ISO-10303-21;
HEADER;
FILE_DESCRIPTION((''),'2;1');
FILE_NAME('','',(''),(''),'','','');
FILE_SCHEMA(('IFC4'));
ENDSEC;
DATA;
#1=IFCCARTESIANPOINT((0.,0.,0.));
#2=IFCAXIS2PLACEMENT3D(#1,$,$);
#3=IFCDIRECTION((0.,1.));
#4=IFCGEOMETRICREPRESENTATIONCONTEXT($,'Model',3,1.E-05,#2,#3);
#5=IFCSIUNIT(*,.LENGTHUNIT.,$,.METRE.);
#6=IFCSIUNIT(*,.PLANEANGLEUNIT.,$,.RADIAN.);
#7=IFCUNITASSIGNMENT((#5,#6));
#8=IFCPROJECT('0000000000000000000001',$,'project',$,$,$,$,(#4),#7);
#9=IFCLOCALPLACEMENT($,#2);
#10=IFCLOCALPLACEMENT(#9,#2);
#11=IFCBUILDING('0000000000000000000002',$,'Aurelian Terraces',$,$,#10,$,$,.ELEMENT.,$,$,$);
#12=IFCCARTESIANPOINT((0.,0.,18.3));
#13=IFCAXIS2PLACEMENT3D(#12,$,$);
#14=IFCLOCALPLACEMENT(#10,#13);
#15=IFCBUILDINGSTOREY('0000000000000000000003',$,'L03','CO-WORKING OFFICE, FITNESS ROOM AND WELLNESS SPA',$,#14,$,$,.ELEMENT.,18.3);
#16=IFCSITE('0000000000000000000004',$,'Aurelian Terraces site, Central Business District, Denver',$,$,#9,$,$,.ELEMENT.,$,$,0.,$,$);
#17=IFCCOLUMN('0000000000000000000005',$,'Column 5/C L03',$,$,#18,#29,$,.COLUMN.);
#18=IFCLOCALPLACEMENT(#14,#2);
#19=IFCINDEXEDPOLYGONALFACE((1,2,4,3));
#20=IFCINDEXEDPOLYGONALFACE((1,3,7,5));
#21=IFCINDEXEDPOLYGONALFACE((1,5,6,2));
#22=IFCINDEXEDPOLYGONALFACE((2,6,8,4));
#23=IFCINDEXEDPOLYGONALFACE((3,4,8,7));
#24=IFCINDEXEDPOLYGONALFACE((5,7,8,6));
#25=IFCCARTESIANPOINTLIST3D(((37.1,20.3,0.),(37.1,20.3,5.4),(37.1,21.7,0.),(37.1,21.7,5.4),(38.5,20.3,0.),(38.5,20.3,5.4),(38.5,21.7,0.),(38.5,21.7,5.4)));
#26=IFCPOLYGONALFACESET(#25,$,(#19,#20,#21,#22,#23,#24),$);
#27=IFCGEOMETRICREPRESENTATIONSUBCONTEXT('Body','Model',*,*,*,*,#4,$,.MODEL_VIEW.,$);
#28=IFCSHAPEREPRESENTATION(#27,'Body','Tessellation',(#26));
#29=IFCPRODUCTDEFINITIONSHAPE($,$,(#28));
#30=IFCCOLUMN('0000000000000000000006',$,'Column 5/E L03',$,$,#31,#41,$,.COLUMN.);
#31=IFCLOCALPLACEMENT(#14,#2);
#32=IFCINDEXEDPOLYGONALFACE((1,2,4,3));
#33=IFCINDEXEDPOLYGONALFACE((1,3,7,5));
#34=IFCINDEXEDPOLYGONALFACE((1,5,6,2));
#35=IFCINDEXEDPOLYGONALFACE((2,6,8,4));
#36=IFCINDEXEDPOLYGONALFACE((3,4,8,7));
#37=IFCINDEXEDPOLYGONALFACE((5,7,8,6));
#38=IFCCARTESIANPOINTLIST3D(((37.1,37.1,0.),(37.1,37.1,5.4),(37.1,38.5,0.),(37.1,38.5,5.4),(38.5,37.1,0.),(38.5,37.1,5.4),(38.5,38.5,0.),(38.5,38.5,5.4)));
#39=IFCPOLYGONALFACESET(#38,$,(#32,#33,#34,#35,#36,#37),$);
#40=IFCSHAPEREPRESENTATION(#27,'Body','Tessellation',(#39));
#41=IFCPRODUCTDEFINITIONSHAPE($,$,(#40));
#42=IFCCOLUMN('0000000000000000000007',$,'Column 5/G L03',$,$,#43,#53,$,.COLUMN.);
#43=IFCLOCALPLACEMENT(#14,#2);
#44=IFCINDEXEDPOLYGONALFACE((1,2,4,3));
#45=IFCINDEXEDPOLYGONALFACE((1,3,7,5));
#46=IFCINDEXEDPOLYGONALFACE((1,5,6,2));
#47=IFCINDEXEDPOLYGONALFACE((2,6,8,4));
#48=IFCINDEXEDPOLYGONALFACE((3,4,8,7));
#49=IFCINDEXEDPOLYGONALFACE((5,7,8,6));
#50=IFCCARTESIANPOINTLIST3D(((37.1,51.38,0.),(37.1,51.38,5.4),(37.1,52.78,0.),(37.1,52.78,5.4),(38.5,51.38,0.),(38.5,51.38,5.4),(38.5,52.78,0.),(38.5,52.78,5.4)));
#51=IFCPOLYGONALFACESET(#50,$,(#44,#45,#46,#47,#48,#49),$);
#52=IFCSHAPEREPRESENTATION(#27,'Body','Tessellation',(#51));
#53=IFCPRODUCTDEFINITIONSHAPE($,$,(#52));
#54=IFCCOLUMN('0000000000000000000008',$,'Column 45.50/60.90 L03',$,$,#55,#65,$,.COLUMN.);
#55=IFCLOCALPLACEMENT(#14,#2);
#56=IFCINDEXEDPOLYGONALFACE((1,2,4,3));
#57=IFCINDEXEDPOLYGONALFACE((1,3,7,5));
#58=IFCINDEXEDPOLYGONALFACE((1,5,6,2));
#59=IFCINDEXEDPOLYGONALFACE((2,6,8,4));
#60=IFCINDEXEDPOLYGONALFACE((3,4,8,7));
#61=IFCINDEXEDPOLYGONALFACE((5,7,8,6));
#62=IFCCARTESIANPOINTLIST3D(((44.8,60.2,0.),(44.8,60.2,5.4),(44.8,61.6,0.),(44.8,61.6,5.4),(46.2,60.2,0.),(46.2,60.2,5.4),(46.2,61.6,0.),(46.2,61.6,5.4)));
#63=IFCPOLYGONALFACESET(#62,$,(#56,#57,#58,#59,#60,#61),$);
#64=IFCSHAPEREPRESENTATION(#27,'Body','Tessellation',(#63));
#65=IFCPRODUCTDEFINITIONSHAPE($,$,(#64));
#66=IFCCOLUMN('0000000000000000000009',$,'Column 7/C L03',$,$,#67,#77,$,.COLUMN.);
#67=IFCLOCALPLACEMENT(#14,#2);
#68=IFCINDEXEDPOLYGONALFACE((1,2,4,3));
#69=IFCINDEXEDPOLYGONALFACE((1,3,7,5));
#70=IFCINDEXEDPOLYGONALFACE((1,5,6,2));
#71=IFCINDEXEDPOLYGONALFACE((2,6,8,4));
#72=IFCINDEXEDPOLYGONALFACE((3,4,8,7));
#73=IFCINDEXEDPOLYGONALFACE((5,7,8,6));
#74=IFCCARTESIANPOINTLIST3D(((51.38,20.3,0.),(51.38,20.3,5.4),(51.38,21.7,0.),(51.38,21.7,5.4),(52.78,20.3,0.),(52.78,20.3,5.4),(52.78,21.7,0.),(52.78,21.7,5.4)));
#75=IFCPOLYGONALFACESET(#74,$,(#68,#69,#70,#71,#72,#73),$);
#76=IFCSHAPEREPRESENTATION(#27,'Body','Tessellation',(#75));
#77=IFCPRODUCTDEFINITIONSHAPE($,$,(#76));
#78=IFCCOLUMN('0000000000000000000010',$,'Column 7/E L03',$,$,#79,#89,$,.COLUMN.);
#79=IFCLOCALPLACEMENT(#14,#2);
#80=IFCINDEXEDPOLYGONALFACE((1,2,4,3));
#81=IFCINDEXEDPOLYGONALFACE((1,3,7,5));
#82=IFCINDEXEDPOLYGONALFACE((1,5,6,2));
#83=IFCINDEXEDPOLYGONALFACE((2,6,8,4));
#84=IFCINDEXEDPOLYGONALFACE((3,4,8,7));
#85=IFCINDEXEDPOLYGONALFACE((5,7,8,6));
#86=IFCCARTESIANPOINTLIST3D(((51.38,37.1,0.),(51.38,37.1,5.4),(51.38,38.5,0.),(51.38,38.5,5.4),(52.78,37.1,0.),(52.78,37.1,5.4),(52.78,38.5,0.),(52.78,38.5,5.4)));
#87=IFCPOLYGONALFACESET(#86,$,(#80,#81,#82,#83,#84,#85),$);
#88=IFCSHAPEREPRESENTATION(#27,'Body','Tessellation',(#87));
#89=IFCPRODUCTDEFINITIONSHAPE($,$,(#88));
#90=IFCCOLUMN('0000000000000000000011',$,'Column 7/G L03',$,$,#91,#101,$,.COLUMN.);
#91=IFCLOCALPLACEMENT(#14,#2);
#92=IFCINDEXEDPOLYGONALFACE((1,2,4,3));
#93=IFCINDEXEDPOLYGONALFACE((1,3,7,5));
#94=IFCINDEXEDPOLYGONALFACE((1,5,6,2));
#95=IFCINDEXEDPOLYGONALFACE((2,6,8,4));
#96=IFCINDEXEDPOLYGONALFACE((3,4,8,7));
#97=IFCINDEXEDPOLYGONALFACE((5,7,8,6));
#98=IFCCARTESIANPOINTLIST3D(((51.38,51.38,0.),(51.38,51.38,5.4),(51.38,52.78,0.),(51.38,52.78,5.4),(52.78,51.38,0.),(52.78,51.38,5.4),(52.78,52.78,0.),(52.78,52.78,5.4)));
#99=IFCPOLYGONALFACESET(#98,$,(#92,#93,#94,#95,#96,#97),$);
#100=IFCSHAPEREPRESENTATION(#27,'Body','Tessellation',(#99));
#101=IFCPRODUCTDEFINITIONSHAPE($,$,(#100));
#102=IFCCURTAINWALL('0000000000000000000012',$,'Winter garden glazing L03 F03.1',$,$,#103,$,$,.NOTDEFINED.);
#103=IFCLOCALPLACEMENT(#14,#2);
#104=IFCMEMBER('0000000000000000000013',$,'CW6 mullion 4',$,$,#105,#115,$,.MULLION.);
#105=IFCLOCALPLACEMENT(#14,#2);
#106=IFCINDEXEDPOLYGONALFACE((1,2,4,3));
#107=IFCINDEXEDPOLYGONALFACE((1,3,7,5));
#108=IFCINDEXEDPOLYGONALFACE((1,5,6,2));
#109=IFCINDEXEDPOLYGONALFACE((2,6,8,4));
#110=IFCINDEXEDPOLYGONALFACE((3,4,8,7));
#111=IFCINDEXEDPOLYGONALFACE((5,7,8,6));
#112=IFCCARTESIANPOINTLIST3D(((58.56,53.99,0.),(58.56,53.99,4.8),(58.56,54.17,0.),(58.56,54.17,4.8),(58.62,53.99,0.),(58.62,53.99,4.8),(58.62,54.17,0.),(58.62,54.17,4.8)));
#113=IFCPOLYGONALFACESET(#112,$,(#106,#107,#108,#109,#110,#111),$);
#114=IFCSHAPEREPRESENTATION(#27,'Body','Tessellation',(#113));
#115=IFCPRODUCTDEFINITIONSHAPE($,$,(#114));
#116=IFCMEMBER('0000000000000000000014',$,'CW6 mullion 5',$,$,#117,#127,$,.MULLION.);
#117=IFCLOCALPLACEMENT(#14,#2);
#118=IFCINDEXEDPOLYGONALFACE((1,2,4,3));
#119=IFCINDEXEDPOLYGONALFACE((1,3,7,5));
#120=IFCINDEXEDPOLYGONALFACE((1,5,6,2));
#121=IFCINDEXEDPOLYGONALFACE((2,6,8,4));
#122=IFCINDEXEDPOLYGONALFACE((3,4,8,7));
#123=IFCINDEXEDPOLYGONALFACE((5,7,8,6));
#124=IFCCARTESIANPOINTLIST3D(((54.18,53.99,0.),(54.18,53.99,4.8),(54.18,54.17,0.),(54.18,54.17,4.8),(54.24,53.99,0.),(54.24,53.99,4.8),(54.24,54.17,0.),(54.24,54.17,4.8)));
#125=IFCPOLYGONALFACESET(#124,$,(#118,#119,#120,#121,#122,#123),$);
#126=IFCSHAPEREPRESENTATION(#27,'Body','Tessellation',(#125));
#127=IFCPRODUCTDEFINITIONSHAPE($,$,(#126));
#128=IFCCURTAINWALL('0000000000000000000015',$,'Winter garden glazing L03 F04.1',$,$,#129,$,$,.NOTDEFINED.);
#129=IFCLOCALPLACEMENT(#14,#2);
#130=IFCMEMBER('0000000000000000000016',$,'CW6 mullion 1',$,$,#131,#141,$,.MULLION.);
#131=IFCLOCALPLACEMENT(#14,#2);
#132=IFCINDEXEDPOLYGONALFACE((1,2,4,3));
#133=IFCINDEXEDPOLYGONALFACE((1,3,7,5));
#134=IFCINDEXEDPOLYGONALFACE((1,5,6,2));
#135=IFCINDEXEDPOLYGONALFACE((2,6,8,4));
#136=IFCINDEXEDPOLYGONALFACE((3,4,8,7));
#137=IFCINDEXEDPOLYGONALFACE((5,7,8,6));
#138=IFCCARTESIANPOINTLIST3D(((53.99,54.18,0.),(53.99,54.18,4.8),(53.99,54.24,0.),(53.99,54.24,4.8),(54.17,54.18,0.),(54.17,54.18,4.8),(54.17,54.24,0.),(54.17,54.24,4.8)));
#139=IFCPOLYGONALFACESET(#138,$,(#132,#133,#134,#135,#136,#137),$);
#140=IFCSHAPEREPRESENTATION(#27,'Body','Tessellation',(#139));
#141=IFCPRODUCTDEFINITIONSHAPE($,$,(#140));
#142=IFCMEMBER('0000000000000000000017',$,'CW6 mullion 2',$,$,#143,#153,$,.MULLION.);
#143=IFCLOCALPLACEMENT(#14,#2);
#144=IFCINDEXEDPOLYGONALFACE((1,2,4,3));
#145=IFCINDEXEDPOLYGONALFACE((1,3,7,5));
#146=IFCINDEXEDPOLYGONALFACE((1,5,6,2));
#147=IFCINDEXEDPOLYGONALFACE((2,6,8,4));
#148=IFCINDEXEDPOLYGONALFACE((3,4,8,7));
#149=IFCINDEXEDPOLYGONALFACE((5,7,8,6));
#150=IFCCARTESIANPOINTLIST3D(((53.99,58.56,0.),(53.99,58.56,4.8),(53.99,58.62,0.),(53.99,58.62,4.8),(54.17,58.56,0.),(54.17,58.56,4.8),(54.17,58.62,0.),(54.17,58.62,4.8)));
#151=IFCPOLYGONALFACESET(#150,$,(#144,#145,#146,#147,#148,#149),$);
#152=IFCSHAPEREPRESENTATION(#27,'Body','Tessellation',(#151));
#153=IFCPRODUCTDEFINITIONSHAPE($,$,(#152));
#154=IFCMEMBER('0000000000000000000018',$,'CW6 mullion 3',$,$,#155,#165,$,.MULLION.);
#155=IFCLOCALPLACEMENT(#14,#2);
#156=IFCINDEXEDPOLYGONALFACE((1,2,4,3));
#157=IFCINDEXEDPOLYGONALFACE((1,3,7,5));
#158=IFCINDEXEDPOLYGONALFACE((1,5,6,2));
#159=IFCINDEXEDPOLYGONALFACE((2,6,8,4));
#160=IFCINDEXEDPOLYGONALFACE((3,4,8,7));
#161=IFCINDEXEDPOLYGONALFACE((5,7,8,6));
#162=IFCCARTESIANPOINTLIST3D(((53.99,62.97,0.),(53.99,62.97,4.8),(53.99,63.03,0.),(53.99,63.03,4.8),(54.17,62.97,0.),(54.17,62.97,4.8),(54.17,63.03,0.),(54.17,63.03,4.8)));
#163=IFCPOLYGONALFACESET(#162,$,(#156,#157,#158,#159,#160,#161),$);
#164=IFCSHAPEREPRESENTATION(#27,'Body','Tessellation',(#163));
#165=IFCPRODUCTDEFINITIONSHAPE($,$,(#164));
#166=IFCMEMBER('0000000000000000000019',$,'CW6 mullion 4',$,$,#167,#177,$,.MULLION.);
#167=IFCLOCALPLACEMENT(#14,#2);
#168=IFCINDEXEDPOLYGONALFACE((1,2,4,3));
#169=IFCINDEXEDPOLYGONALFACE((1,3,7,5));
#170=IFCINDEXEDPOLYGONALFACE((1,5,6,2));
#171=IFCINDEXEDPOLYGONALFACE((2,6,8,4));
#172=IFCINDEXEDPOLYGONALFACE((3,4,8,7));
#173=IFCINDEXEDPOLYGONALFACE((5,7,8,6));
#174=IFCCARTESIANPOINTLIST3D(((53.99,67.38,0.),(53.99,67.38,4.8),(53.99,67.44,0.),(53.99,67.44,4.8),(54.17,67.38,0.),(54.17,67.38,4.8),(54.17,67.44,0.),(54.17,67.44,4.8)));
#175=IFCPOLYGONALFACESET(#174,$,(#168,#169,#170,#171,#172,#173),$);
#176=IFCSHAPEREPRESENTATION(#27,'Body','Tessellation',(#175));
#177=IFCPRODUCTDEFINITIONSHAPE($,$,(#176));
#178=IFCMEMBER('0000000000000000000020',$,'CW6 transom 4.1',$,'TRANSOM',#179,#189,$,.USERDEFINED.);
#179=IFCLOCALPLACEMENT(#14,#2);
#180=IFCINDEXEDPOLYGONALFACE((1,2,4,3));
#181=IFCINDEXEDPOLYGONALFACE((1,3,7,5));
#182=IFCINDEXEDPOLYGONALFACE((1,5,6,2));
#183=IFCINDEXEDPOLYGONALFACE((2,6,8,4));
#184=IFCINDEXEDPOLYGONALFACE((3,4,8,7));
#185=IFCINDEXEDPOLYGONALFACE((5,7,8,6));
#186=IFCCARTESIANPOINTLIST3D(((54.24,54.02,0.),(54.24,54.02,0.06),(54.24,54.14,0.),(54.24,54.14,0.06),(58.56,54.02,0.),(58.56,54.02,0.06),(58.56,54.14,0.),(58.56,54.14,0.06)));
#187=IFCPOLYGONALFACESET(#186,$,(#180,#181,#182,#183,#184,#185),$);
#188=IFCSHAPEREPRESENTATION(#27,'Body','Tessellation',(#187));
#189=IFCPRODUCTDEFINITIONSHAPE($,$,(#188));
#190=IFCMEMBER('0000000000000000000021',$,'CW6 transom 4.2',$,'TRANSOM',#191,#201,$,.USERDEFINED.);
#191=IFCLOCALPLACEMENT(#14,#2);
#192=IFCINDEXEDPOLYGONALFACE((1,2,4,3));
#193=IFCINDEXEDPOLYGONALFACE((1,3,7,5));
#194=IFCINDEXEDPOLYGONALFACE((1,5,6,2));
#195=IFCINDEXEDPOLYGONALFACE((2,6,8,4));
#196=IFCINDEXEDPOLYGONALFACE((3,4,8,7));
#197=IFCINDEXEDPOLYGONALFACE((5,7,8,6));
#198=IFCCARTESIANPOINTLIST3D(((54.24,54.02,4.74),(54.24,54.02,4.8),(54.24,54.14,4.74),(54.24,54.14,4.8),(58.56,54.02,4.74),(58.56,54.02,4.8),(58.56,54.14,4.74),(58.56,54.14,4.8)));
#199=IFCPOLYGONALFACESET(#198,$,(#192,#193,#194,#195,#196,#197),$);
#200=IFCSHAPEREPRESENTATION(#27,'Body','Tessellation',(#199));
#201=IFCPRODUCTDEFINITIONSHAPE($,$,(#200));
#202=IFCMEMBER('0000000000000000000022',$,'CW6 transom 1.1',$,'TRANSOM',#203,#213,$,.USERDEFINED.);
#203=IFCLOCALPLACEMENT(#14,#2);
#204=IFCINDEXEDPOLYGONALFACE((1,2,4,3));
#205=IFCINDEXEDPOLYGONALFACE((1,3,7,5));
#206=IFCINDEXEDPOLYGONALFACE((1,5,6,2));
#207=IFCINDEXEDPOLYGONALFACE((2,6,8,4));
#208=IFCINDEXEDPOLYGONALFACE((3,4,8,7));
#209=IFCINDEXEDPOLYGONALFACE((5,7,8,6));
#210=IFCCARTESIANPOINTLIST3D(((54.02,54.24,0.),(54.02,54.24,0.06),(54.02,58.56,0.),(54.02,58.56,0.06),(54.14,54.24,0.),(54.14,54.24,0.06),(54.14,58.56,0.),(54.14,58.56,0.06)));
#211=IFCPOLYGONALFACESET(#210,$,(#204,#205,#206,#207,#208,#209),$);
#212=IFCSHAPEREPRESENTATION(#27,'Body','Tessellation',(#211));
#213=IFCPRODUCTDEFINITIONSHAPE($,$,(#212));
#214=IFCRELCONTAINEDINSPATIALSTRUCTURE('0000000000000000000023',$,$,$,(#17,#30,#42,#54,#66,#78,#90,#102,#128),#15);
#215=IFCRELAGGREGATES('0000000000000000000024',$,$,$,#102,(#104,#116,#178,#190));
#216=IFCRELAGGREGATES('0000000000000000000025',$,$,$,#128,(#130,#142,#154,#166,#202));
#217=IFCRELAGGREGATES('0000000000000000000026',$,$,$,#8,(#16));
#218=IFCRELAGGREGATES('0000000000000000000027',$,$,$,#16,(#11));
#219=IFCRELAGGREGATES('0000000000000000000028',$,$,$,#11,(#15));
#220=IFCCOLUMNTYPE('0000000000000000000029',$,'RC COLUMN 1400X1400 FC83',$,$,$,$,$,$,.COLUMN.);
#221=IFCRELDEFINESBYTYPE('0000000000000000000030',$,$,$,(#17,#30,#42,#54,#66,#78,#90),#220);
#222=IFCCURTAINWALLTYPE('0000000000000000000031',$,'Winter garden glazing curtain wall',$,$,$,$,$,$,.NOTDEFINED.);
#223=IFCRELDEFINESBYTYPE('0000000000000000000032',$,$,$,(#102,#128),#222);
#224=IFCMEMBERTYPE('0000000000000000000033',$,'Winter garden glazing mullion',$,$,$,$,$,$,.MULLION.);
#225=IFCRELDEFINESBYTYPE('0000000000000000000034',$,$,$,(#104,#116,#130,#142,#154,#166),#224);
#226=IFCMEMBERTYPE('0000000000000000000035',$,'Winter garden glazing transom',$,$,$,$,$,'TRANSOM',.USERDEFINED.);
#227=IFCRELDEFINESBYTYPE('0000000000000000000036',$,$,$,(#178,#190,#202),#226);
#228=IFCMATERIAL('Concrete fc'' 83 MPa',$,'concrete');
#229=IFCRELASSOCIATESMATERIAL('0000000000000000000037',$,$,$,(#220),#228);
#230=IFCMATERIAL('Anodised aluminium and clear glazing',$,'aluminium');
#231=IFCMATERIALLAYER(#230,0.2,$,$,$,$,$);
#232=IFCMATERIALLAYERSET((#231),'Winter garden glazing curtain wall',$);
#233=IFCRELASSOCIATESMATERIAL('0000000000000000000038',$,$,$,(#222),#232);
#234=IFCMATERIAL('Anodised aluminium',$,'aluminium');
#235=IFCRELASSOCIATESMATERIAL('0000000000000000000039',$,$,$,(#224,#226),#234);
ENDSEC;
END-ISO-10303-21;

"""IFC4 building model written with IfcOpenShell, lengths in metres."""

from ifc_helpers import new_model, si_unit, direction, frame, origin, origin_2d, place, context, subcontext, project, spatial, rectangle, extrude, source, transform, mapped, material, layer, layer_set, material_profile, profile_set, type_object, element, aggregate, save


model = new_model("IFC4")

# Units and contexts
model_context = context("Model", 3, precision=1e-05, world=origin(), true_north=direction((0.0, 1.0)))
body_context = subcontext(model_context, "Body", "Model", "MODEL_VIEW")
ifc_project = project(units=[si_unit("LENGTHUNIT", "METRE"), si_unit("PLANEANGLEUNIT", "RADIAN")], contexts=[model_context])

# Site, building, storey
site_placement = place(None, origin())
site = spatial("IfcSite", under=ifc_project, at=site_placement, Name="Aurelian Terraces site, Central Business District, Denver", CompositionType="ELEMENT", RefElevation=0.0)
building_placement = place(site_placement, origin())
building = spatial("IfcBuilding", under=site, at=building_placement, Name="Aurelian Terraces", CompositionType="ELEMENT")
storey_placement = place(building_placement, frame((0.0, 0.0, 18.3)))
storey = spatial("IfcBuildingStorey", under=building, at=storey_placement, Name="L03", Description="CO-WORKING OFFICE, FITNESS ROOM AND WELLNESS SPA", CompositionType="ELEMENT", Elevation=18.3)

# Columns
ifc_material_1 = material(Name="Concrete fc' 83 MPa", Category="concrete")
ifc_material_profile_1 = material_profile(ifc_material_1, rectangle(XDim=1.4, YDim=1.4, at=origin_2d()))
ifc_profile_set_1 = profile_set([ifc_material_profile_1], Name="Concrete fc' 83 MPa")
column_type = type_object("IfcColumnType", Name="RC COLUMN 1400X1400 FC83", PredefinedType="COLUMN", material=ifc_profile_set_1)
shared_shape_1 = source(origin(), body_context, "Body", "SweptSolid", [
    extrude(rectangle(XDim=1.4, YDim=1.4, at=origin_2d()), origin(), (0.0, 0.0, 1.0), 5.4),
])
for number, where, z_axis, x_axis, name in (
    (1, (37.8, 21.0, 0.0), (0.0, 0.0, 1.0), (1.0, 0.0, 0.0), "Column 5/C L03"),
    (2, (37.8, 37.8, 0.0), (0.0, 0.0, 1.0), (1.0, 0.0, 0.0), "Column 5/E L03"),
    (3, (37.8, 52.08, 0.0), (0.0, 0.0, 1.0), (1.0, 0.0, 0.0), "Column 5/G L03"),
    (4, (45.5, 60.9, 0.0), (0.0, 0.0, 1.0), (1.0, 0.0, 0.0), "Column 45.50/60.90 L03"),
    (5, (52.08, 21.0, 0.0), (0.0, 0.0, 1.0), (1.0, 0.0, 0.0), "Column 7/C L03"),
    (6, (52.08, 37.8, 0.0), (0.0, 0.0, 1.0), (1.0, 0.0, 0.0), "Column 7/E L03"),
    (7, (52.08, 52.08, 0.0), (0.0, 0.0, 1.0), (1.0, 0.0, 0.0), "Column 7/G L03"),
):
    element("IfcColumn", number, at=place(storey_placement, frame(where, z_axis=z_axis, x_axis=x_axis)), inside=storey, type_object=column_type, Name=name, PredefinedType="COLUMN", context=body_context, shape_type="MappedRepresentation", body=[
        mapped(shared_shape_1, transform((0.0, 0.0, 0.0), scale=1.0)),
    ])

# Curtain walls, members
ifc_material_2 = material(Name="Anodised aluminium and clear glazing", Category="aluminium")
ifc_layer_1 = layer(ifc_material_2, 0.2)
ifc_layer_set_1 = layer_set([ifc_layer_1], Name="Winter garden glazing curtain wall")
curtain_wall_type = type_object("IfcCurtainWallType", Name="Winter garden glazing curtain wall", PredefinedType="NOTDEFINED", material=ifc_layer_set_1)
curtain_wall_1_placement = place(storey_placement, origin())
curtain_wall_1 = element("IfcCurtainWall", 8, at=curtain_wall_1_placement, inside=storey, type_object=curtain_wall_type, Name="Winter garden glazing L03 F03.1", PredefinedType="NOTDEFINED")
ifc_material_3 = material(Name="Anodised aluminium", Category="aluminium")
ifc_material_profile_2 = material_profile(ifc_material_3, rectangle(XDim=0.18, YDim=0.06, at=origin_2d()))
ifc_profile_set_2 = profile_set([ifc_material_profile_2], Name="Anodised aluminium")
member_type_1 = type_object("IfcMemberType", Name="Winter garden glazing mullion", PredefinedType="MULLION", material=ifc_profile_set_2)
shared_shape_2 = source(origin(), body_context, "Body", "SweptSolid", [
    extrude(rectangle(XDim=0.18, YDim=0.06, at=origin_2d()), origin(), (0.0, 0.0, 1.0), 4.8),
])
member_1_placement = place(storey_placement, frame((58.59, 54.08, 0.0), z_axis=(0.0, 0.0, 1.0), x_axis=(0.0, -1.0, 0.0)))
member_1 = element("IfcMember", 9, at=member_1_placement, type_object=member_type_1, Name="CW6 mullion 4", PredefinedType="MULLION", context=body_context, shape_type="MappedRepresentation", body=[
    mapped(shared_shape_2, transform((0.0, 0.0, 0.0), scale=1.0)),
])
member_2_placement = place(storey_placement, frame((54.21, 54.08, 0.0), z_axis=(0.0, 0.0, 1.0), x_axis=(0.0, -1.0, 0.0)))
member_2 = element("IfcMember", 10, at=member_2_placement, type_object=member_type_1, Name="CW6 mullion 5", PredefinedType="MULLION", context=body_context, shape_type="MappedRepresentation", body=[
    mapped(shared_shape_2, transform((0.0, 0.0, 0.0), scale=1.0)),
])
curtain_wall_2_placement = place(storey_placement, origin())
curtain_wall_2 = element("IfcCurtainWall", 11, at=curtain_wall_2_placement, inside=storey, type_object=curtain_wall_type, Name="Winter garden glazing L03 F04.1", PredefinedType="NOTDEFINED")
member_3_placement = place(storey_placement, frame((54.08, 54.21, 0.0), z_axis=(0.0, 0.0, 1.0), x_axis=(-1.0, 0.0, 0.0)))
member_3 = element("IfcMember", 12, at=member_3_placement, type_object=member_type_1, Name="CW6 mullion 1", PredefinedType="MULLION", context=body_context, shape_type="MappedRepresentation", body=[
    mapped(shared_shape_2, transform((0.0, 0.0, 0.0), scale=1.0)),
])
member_4_placement = place(storey_placement, frame((54.08, 58.59, 0.0), z_axis=(0.0, 0.0, 1.0), x_axis=(-1.0, 0.0, 0.0)))
member_4 = element("IfcMember", 13, at=member_4_placement, type_object=member_type_1, Name="CW6 mullion 2", PredefinedType="MULLION", context=body_context, shape_type="MappedRepresentation", body=[
    mapped(shared_shape_2, transform((0.0, 0.0, 0.0), scale=1.0)),
])
member_5_placement = place(storey_placement, frame((54.08, 63.0, 0.0), z_axis=(0.0, 0.0, 1.0), x_axis=(-1.0, 0.0, 0.0)))
member_5 = element("IfcMember", 14, at=member_5_placement, type_object=member_type_1, Name="CW6 mullion 3", PredefinedType="MULLION", context=body_context, shape_type="MappedRepresentation", body=[
    mapped(shared_shape_2, transform((0.0, 0.0, 0.0), scale=1.0)),
])
member_6_placement = place(storey_placement, frame((54.08, 67.41, 0.0), z_axis=(0.0, 0.0, 1.0), x_axis=(-1.0, 0.0, 0.0)))
member_6 = element("IfcMember", 15, at=member_6_placement, type_object=member_type_1, Name="CW6 mullion 4", PredefinedType="MULLION", context=body_context, shape_type="MappedRepresentation", body=[
    mapped(shared_shape_2, transform((0.0, 0.0, 0.0), scale=1.0)),
])

# Members
ifc_material_profile_3 = material_profile(ifc_material_3, rectangle(XDim=0.12, YDim=0.06, at=origin_2d()))
ifc_profile_set_3 = profile_set([ifc_material_profile_3], Name="Anodised aluminium")
member_type_2 = type_object("IfcMemberType", Name="Winter garden glazing transom", ElementType="TRANSOM", PredefinedType="USERDEFINED", material=ifc_profile_set_3)
shared_shape_3 = source(origin(), body_context, "Body", "SweptSolid", [
    extrude(rectangle(XDim=0.12, YDim=0.06, at=origin_2d()), origin(), (0.0, 0.0, 1.0), 4.32),
])
member_7_placement = place(storey_placement, frame((58.56, 54.08, 0.03), z_axis=(-1.0, 0.0, 0.0), x_axis=(0.0, -1.0, 0.0)))
member_7 = element("IfcMember", 16, at=member_7_placement, type_object=member_type_2, Name="CW6 transom 4.1", ObjectType="TRANSOM", PredefinedType="USERDEFINED", context=body_context, shape_type="MappedRepresentation", body=[
    mapped(shared_shape_3, transform((0.0, 0.0, 0.0), scale=1.0)),
])
member_8_placement = place(storey_placement, frame((58.56, 54.08, 4.77), z_axis=(-1.0, 0.0, 0.0), x_axis=(0.0, -1.0, 0.0)))
member_8 = element("IfcMember", 17, at=member_8_placement, type_object=member_type_2, Name="CW6 transom 4.2", ObjectType="TRANSOM", PredefinedType="USERDEFINED", context=body_context, shape_type="MappedRepresentation", body=[
    mapped(shared_shape_3, transform((0.0, 0.0, 0.0), scale=1.0)),
])
member_9_placement = place(storey_placement, frame((54.08, 54.24, 0.03), z_axis=(0.0, 1.0, 0.0), x_axis=(-1.0, 0.0, 0.0)))
member_9 = element("IfcMember", 18, at=member_9_placement, type_object=member_type_2, Name="CW6 transom 1.1", ObjectType="TRANSOM", PredefinedType="USERDEFINED", context=body_context, shape_type="MappedRepresentation", body=[
    mapped(shared_shape_3, transform((0.0, 0.0, 0.0), scale=1.0)),
])

aggregate(curtain_wall_1, [member_1, member_2, member_7, member_8])
aggregate(curtain_wall_2, [member_3, member_4, member_5, member_6, member_9])

save(model, "model.ifc")
